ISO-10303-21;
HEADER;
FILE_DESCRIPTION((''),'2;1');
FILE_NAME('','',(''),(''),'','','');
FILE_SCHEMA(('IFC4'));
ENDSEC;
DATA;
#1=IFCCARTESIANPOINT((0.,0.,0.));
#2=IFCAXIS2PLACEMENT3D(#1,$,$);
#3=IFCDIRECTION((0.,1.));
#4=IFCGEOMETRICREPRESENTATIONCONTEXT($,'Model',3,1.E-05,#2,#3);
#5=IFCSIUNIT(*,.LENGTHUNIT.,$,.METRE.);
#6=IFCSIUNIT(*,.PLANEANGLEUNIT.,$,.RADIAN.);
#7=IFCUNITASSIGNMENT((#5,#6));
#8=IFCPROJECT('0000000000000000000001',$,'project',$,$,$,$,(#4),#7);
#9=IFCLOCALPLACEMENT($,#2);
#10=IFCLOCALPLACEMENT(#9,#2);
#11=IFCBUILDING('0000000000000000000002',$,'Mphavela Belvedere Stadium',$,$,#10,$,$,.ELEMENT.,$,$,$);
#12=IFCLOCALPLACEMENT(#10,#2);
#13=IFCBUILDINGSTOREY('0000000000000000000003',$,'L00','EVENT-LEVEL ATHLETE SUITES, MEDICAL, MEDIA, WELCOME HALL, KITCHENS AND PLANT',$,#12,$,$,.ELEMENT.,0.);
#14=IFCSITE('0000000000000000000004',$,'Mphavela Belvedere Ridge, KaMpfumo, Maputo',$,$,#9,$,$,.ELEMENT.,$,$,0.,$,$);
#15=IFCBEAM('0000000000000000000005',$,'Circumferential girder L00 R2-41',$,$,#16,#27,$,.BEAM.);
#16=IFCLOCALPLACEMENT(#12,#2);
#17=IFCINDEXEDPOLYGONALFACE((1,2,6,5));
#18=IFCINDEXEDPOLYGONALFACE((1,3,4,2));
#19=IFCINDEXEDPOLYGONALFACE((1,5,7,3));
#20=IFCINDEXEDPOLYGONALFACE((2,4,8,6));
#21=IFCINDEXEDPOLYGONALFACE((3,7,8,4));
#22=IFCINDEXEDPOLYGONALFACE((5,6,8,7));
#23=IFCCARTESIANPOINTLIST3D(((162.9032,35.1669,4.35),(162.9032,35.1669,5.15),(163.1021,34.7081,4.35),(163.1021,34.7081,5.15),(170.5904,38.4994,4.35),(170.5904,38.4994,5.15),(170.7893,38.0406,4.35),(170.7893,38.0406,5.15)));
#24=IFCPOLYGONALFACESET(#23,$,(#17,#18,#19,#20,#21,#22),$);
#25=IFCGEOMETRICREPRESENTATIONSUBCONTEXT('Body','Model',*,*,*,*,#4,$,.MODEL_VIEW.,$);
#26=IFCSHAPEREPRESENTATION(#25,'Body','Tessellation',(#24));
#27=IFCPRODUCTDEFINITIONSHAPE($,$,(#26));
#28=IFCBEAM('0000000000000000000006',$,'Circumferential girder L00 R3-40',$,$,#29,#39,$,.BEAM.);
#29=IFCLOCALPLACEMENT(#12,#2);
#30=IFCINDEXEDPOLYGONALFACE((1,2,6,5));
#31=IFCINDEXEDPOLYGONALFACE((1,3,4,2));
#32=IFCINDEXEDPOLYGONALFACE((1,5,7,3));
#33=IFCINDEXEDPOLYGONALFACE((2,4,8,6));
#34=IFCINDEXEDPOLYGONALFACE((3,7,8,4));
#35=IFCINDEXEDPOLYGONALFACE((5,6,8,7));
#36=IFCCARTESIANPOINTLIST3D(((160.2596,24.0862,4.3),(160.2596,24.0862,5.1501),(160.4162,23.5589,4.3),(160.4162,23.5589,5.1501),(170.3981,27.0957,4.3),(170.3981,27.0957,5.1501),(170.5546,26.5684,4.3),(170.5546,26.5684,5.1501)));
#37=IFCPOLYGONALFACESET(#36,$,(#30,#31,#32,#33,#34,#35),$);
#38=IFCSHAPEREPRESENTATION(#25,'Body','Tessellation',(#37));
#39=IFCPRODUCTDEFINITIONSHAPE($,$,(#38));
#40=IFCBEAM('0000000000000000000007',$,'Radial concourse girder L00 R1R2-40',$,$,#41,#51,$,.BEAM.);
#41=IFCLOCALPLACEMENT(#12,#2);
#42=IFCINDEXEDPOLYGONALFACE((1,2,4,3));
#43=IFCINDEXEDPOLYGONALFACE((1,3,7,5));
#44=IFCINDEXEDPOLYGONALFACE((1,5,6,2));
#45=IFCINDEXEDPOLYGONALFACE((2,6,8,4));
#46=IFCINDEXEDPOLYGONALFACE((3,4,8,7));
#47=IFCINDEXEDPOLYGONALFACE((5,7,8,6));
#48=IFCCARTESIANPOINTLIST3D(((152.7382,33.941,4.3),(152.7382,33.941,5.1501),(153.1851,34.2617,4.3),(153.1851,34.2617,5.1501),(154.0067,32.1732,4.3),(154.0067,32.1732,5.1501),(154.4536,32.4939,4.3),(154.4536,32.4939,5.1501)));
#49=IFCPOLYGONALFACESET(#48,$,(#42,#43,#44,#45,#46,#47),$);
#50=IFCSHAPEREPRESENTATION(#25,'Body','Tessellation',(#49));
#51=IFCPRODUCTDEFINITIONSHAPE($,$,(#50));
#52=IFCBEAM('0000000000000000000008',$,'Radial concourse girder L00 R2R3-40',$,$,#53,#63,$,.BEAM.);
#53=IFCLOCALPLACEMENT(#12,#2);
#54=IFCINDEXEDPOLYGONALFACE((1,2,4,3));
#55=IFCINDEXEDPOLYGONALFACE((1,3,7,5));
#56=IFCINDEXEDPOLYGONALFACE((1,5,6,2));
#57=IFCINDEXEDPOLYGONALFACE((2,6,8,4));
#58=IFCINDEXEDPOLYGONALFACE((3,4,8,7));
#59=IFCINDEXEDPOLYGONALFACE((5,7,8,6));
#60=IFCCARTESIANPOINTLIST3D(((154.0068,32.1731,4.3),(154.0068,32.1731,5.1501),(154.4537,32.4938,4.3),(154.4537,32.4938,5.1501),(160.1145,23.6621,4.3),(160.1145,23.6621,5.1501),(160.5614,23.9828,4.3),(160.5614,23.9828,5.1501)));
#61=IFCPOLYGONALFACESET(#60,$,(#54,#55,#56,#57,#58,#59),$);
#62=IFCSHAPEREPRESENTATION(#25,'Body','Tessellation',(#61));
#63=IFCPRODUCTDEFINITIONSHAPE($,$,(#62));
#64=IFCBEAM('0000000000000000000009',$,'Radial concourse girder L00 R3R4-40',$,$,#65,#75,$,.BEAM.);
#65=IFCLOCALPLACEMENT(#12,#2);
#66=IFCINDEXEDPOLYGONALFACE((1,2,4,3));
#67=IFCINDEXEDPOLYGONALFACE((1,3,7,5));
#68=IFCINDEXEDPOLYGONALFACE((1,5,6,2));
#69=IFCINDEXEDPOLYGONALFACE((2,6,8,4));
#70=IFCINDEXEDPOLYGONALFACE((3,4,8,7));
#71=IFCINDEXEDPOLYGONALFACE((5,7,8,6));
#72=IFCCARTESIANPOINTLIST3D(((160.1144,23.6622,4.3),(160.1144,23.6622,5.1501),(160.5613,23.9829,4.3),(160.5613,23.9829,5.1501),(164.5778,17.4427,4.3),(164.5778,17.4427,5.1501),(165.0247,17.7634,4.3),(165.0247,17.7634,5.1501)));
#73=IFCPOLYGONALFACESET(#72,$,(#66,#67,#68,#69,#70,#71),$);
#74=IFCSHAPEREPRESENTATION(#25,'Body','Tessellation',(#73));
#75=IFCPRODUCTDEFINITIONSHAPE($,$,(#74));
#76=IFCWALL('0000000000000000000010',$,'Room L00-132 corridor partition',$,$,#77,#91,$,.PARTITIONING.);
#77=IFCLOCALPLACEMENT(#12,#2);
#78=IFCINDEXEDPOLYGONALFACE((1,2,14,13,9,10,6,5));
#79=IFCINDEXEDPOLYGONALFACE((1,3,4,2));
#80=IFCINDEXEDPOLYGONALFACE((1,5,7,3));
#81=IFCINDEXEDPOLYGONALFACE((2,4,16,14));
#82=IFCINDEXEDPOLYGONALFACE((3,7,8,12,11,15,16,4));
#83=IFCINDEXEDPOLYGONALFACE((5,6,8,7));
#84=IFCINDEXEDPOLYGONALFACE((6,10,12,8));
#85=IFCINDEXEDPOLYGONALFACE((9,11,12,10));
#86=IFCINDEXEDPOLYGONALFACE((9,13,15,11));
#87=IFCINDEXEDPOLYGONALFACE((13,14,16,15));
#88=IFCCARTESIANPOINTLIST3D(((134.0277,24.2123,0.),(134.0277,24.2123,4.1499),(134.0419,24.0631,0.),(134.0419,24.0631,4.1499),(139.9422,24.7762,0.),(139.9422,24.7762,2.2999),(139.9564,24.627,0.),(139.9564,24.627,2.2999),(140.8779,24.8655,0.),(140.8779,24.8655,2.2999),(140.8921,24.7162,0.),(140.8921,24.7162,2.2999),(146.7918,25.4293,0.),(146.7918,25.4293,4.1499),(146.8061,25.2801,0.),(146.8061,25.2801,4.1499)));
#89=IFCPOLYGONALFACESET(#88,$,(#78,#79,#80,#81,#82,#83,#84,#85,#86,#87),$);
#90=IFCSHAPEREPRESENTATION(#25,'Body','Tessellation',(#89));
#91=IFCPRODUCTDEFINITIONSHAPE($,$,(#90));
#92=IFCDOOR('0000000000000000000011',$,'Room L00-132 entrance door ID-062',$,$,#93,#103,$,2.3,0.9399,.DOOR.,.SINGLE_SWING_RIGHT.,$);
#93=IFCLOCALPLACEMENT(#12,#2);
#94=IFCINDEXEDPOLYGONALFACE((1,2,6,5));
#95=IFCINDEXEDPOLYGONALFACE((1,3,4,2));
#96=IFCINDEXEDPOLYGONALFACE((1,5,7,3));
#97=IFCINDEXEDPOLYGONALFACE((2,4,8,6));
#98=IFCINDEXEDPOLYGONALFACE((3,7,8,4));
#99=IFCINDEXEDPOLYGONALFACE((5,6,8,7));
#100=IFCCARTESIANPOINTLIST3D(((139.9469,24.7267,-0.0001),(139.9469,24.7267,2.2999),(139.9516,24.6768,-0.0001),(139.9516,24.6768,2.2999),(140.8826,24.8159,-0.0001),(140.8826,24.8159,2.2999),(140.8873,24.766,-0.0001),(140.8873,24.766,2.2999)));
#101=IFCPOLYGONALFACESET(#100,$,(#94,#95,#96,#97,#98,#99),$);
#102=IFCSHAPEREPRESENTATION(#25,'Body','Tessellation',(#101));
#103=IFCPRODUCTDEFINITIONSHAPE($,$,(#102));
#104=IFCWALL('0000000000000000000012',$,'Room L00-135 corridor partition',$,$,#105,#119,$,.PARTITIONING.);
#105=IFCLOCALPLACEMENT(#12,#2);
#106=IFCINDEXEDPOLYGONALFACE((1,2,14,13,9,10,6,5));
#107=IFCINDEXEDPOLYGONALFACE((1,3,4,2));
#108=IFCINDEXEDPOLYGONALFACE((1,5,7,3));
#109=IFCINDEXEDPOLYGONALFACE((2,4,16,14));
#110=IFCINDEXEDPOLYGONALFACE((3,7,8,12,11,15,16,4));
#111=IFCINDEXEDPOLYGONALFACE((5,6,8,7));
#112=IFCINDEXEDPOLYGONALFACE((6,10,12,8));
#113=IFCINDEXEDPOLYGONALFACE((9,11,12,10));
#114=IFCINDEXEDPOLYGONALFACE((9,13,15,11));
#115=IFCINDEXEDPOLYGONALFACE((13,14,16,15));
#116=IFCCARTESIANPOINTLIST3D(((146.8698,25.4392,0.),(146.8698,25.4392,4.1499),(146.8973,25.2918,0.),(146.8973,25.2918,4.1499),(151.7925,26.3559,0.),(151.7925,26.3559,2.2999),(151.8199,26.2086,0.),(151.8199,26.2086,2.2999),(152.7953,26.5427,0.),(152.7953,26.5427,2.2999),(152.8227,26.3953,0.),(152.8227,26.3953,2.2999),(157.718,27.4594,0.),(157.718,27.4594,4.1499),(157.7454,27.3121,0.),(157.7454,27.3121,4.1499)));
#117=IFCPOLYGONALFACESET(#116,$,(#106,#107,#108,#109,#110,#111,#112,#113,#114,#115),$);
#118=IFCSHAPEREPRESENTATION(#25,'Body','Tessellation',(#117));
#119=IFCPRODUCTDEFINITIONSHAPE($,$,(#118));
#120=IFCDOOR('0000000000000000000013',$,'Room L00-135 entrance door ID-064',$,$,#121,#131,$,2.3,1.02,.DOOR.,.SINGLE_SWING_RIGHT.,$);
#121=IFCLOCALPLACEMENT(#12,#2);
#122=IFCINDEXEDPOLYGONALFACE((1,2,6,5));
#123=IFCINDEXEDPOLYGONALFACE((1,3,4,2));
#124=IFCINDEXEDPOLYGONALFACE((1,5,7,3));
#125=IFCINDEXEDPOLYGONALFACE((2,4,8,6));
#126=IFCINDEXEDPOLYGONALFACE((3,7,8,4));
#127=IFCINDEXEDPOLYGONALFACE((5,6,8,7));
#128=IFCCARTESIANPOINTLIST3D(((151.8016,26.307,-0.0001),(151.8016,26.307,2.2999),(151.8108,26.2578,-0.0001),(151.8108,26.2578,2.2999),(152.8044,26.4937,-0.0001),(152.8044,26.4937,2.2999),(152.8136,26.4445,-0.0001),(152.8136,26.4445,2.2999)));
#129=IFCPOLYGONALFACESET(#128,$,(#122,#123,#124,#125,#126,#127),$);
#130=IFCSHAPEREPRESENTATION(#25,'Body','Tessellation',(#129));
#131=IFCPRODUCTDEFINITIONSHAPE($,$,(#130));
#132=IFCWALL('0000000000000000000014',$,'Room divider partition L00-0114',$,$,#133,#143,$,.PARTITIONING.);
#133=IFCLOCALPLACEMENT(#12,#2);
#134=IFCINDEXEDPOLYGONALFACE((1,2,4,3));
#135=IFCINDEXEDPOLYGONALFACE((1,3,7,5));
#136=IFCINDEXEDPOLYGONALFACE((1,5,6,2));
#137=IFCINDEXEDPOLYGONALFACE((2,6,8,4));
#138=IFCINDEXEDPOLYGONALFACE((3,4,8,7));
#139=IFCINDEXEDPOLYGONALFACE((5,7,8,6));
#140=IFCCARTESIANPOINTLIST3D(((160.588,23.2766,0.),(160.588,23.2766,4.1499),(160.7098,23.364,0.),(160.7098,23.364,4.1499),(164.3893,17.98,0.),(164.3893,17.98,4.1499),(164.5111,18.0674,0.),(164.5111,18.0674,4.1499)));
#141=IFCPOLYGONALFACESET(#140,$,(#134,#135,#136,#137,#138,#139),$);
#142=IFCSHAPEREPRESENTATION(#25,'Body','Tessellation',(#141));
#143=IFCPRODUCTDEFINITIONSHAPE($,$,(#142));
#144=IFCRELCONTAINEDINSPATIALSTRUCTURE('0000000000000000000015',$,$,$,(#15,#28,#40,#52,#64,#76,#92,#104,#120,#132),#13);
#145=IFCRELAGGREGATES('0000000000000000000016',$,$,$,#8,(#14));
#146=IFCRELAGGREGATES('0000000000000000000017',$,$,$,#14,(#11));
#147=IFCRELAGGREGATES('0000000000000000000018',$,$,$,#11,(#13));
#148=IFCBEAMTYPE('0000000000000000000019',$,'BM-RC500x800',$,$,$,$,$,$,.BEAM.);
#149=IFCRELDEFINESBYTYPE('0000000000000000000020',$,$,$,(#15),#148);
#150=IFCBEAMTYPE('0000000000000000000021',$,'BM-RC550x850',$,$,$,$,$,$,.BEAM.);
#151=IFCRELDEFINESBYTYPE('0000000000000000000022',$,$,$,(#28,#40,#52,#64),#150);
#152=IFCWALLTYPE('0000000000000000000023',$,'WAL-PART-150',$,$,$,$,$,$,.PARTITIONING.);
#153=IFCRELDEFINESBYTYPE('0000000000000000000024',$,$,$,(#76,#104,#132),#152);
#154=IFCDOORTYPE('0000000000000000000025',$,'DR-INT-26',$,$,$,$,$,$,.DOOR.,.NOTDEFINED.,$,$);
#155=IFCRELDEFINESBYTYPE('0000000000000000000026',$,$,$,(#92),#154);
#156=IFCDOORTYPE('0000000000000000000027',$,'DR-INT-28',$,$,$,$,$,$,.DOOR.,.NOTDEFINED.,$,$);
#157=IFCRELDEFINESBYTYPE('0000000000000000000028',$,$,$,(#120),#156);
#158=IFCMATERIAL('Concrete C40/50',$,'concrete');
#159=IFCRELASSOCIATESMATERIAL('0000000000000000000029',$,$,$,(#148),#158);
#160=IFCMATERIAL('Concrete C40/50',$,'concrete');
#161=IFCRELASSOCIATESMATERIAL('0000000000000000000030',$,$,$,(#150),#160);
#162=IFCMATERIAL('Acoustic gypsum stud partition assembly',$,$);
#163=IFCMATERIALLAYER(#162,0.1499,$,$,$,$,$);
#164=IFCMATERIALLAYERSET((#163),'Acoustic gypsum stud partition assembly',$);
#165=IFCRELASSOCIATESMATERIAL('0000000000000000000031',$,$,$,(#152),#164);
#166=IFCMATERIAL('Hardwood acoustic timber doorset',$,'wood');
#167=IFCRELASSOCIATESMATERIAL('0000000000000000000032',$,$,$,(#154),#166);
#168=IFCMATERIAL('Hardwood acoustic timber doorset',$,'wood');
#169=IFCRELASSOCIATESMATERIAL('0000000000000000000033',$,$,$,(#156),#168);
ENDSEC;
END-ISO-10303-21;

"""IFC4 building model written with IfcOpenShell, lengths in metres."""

from ifc_helpers import new_model, si_unit, direction, frame, frame_2d, origin, origin_2d, place, context, subcontext, project, spatial, rectangle, extrude, material, layer, layer_set, material_profile, profile_set, type_object, element, fill, save


model = new_model("IFC4")

# Units and contexts
model_context = context("Model", 3, precision=1e-05, world=origin(), true_north=direction((0.0, 1.0)))
body_context = subcontext(model_context, "Body", "Model", "MODEL_VIEW")
ifc_project = project(units=[si_unit("LENGTHUNIT", "METRE"), si_unit("PLANEANGLEUNIT", "RADIAN")], contexts=[model_context])

# Site, building, storey
site_placement = place(None, origin())
site = spatial("IfcSite", under=ifc_project, at=site_placement, Name="Mphavela Belvedere Ridge, KaMpfumo, Maputo", CompositionType="ELEMENT", RefElevation=0.0)
building_placement = place(site_placement, origin())
building = spatial("IfcBuilding", under=site, at=building_placement, Name="Mphavela Belvedere Stadium", CompositionType="ELEMENT")
storey_placement = place(building_placement, origin())
storey = spatial("IfcBuildingStorey", under=building, at=storey_placement, Name="L00", Description="EVENT-LEVEL ATHLETE SUITES, MEDICAL, MEDIA, WELCOME HALL, KITCHENS AND PLANT", CompositionType="ELEMENT", Elevation=0.0)

# Beams
ifc_material_1 = material(Name="Concrete C40/50", Category="concrete")
ifc_material_profile_1 = material_profile(ifc_material_1, rectangle(XDim=0.5, YDim=0.8, at=origin_2d()), Name="RC 500x800")
ifc_profile_set_1 = profile_set([ifc_material_profile_1], Name="Concrete C40/50")
beam_type_1 = type_object("IfcBeamType", Name="BM-RC500x800", PredefinedType="BEAM", material=ifc_profile_set_1)
beam_1_placement = place(storey_placement, frame((163.0027, 34.9375, 4.75), z_axis=(0.917496, 0.397746, 0.0), x_axis=(-0.397746, 0.917496, 0.0)))
element("IfcBeam", 1, at=beam_1_placement, inside=storey, type_object=beam_type_1, Name="Circumferential girder L00 R2-41", PredefinedType="BEAM", context=body_context, shape_type="SweptSolid", body=[
    extrude(rectangle(XDim=0.5, YDim=0.8, at=origin_2d()), origin(), (0.0, 0.0, 1.0), 8.3784),
])
ifc_material_2 = material(Name="Concrete C40/50", Category="concrete")
ifc_material_profile_2 = material_profile(ifc_material_2, rectangle(XDim=0.55, YDim=0.8501, at=origin_2d()), Name="RC 550x850")
ifc_profile_set_2 = profile_set([ifc_material_profile_2], Name="Concrete C40/50")
beam_type_2 = type_object("IfcBeamType", Name="BM-RC550x850", PredefinedType="BEAM", material=ifc_profile_set_2)
beam_2_placement = place(storey_placement, frame((160.3379, 23.8225, 4.7251), z_axis=(0.958655, 0.28457, 0.0), x_axis=(-0.28457, 0.958655, 0.0)))
element("IfcBeam", 2, at=beam_2_placement, inside=storey, type_object=beam_type_2, Name="Circumferential girder L00 R3-40", PredefinedType="BEAM", context=body_context, shape_type="SweptSolid", body=[
    extrude(rectangle(XDim=0.55, YDim=0.8501, at=origin_2d()), origin(), (0.0, 0.0, 1.0), 10.5757),
])
beam_3_placement = place(storey_placement, frame((152.9617, 34.1013, 4.7251), z_axis=(0.583009, -0.812465, 0.0), x_axis=(0.812465, 0.583009, 0.0)))
element("IfcBeam", 3, at=beam_3_placement, inside=storey, type_object=beam_type_2, Name="Radial concourse girder L00 R1R2-40", PredefinedType="BEAM", context=body_context, shape_type="SweptSolid", body=[
    extrude(rectangle(XDim=0.55, YDim=0.8501, at=origin_2d()), origin(), (0.0, 0.0, 1.0), 2.1758),
])
beam_4_placement = place(storey_placement, frame((154.2302, 32.3335, 4.7251), z_axis=(0.583031, -0.81245, 0.0), x_axis=(0.81245, 0.583031, 0.0)))
element("IfcBeam", 4, at=beam_4_placement, inside=storey, type_object=beam_type_2, Name="Radial concourse girder L00 R2R3-40", PredefinedType="BEAM", context=body_context, shape_type="SweptSolid", body=[
    extrude(rectangle(XDim=0.55, YDim=0.8501, at=origin_2d()), origin(), (0.0, 0.0, 1.0), 10.4758),
])
beam_5_placement = place(storey_placement, frame((160.3379, 23.8225, 4.7251), z_axis=(0.583044, -0.812441, 0.0), x_axis=(0.812441, 0.583044, 0.0)))
element("IfcBeam", 5, at=beam_5_placement, inside=storey, type_object=beam_type_2, Name="Radial concourse girder L00 R3R4-40", PredefinedType="BEAM", context=body_context, shape_type="SweptSolid", body=[
    extrude(rectangle(XDim=0.55, YDim=0.8501, at=origin_2d()), origin(), (0.0, 0.0, 1.0), 7.6553),
])

# Walls, openings, doors
ifc_material_3 = material(Name="Acoustic gypsum stud partition assembly")
ifc_layer = layer(ifc_material_3, 0.1499)
ifc_layer_set = layer_set([ifc_layer], Name="Acoustic gypsum stud partition assembly")
wall_type = type_object("IfcWallType", Name="WAL-PART-150", PredefinedType="PARTITIONING", material=ifc_layer_set)
wall_1_placement = place(storey_placement, frame((146.7991, 25.3547, 0.0), z_axis=(0.0, 0.0, 1.0), x_axis=(-0.995485, -0.094918, 0.0)))
wall_1 = element("IfcWall", 6, at=wall_1_placement, inside=storey, type_object=wall_type, Name="Room L00-132 corridor partition", PredefinedType="PARTITIONING", context=body_context, shape_type="SweptSolid", body=[
    extrude(rectangle(XDim=12.822, YDim=0.1499, at=frame_2d((6.4111, 0.0))), origin(), (0.0, 0.0, 1.0), 4.1499),
])
opening_1_placement = place(wall_1_placement, frame((5.9409, 0.0, 0.0)))
opening_1 = element("IfcOpeningElement", 7, at=opening_1_placement, cuts=wall_1, PredefinedType="OPENING", context=body_context, shape_type="SweptSolid", body=[
    extrude(rectangle(XDim=0.9399, YDim=2.3, at=frame_2d((0.47, 1.1499))), frame((0.0, 0.085, 0.0), z_axis=(0.0, -1.0, 0.0), x_axis=(1.0, 0.0, 0.0)), (0.0, 0.0, 1.0), 0.1699),
])
ifc_material_4 = material(Name="Hardwood acoustic timber doorset", Category="wood")
door_type_1 = type_object("IfcDoorType", Name="DR-INT-26", OperationType="NOTDEFINED", PredefinedType="DOOR", material=ifc_material_4)
door_1_placement = place(opening_1_placement, origin())
door_1 = element("IfcDoor", 8, at=door_1_placement, inside=storey, type_object=door_type_1, Name="Room L00-132 entrance door ID-062", OperationType="SINGLE_SWING_RIGHT", OverallHeight=2.3, OverallWidth=0.9399, PredefinedType="DOOR", context=body_context, shape_type="SweptSolid", body=[
    extrude(rectangle(XDim=0.9399, YDim=2.3, at=frame_2d((0.47, 1.1499))), frame((0.0, 0.0249, 0.0), z_axis=(0.0, -1.0, 0.0), x_axis=(1.0, 0.0, 0.0)), (0.0, 0.0, 1.0), 0.05),
])
fill(opening_1, door_1)
wall_2_placement = place(storey_placement, frame((157.7317, 27.3857, 0.0), z_axis=(0.0, 0.0, 1.0), x_axis=(-0.983097, -0.183083, 0.0)))
wall_2 = element("IfcWall", 9, at=wall_2_placement, inside=storey, type_object=wall_type, Name="Room L00-135 corridor partition", PredefinedType="PARTITIONING", context=body_context, shape_type="SweptSolid", body=[
    extrude(rectangle(XDim=11.0347, YDim=0.1499, at=frame_2d((5.5173, 0.0))), origin(), (0.0, 0.0, 1.0), 4.1499),
])
opening_2_placement = place(wall_2_placement, frame((5.0073, 0.0, 0.0)))
opening_2 = element("IfcOpeningElement", 10, at=opening_2_placement, cuts=wall_2, PredefinedType="OPENING", context=body_context, shape_type="SweptSolid", body=[
    extrude(rectangle(XDim=1.02, YDim=2.3, at=frame_2d((0.51, 1.1499))), frame((0.0, 0.085, 0.0), z_axis=(0.0, -1.0, 0.0), x_axis=(1.0, 0.0, 0.0)), (0.0, 0.0, 1.0), 0.1699),
])
ifc_material_5 = material(Name="Hardwood acoustic timber doorset", Category="wood")
door_type_2 = type_object("IfcDoorType", Name="DR-INT-28", OperationType="NOTDEFINED", PredefinedType="DOOR", material=ifc_material_5)
door_2_placement = place(opening_2_placement, origin())
door_2 = element("IfcDoor", 11, at=door_2_placement, inside=storey, type_object=door_type_2, Name="Room L00-135 entrance door ID-064", OperationType="SINGLE_SWING_RIGHT", OverallHeight=2.3, OverallWidth=1.02, PredefinedType="DOOR", context=body_context, shape_type="SweptSolid", body=[
    extrude(rectangle(XDim=1.02, YDim=2.3, at=frame_2d((0.51, 1.1499))), frame((0.0, 0.0249, 0.0), z_axis=(0.0, -1.0, 0.0), x_axis=(1.0, 0.0, 0.0)), (0.0, 0.0, 1.0), 0.05),
])
fill(opening_2, door_2)

# Wall
wall_3_placement = place(storey_placement, frame((160.6489, 23.3203, 0.0), z_axis=(0.0, 0.0, 1.0), x_axis=(0.583061, -0.812428, 0.0)))
element("IfcWall", 12, at=wall_3_placement, inside=storey, type_object=wall_type, Name="Room divider partition L00-0114", PredefinedType="PARTITIONING", context=body_context, shape_type="SweptSolid", body=[
    extrude(rectangle(XDim=6.5195, YDim=0.1499, at=frame_2d((3.2598, 0.0))), origin(), (0.0, 0.0, 1.0), 4.1499),
])

save(model, "model.ifc")
